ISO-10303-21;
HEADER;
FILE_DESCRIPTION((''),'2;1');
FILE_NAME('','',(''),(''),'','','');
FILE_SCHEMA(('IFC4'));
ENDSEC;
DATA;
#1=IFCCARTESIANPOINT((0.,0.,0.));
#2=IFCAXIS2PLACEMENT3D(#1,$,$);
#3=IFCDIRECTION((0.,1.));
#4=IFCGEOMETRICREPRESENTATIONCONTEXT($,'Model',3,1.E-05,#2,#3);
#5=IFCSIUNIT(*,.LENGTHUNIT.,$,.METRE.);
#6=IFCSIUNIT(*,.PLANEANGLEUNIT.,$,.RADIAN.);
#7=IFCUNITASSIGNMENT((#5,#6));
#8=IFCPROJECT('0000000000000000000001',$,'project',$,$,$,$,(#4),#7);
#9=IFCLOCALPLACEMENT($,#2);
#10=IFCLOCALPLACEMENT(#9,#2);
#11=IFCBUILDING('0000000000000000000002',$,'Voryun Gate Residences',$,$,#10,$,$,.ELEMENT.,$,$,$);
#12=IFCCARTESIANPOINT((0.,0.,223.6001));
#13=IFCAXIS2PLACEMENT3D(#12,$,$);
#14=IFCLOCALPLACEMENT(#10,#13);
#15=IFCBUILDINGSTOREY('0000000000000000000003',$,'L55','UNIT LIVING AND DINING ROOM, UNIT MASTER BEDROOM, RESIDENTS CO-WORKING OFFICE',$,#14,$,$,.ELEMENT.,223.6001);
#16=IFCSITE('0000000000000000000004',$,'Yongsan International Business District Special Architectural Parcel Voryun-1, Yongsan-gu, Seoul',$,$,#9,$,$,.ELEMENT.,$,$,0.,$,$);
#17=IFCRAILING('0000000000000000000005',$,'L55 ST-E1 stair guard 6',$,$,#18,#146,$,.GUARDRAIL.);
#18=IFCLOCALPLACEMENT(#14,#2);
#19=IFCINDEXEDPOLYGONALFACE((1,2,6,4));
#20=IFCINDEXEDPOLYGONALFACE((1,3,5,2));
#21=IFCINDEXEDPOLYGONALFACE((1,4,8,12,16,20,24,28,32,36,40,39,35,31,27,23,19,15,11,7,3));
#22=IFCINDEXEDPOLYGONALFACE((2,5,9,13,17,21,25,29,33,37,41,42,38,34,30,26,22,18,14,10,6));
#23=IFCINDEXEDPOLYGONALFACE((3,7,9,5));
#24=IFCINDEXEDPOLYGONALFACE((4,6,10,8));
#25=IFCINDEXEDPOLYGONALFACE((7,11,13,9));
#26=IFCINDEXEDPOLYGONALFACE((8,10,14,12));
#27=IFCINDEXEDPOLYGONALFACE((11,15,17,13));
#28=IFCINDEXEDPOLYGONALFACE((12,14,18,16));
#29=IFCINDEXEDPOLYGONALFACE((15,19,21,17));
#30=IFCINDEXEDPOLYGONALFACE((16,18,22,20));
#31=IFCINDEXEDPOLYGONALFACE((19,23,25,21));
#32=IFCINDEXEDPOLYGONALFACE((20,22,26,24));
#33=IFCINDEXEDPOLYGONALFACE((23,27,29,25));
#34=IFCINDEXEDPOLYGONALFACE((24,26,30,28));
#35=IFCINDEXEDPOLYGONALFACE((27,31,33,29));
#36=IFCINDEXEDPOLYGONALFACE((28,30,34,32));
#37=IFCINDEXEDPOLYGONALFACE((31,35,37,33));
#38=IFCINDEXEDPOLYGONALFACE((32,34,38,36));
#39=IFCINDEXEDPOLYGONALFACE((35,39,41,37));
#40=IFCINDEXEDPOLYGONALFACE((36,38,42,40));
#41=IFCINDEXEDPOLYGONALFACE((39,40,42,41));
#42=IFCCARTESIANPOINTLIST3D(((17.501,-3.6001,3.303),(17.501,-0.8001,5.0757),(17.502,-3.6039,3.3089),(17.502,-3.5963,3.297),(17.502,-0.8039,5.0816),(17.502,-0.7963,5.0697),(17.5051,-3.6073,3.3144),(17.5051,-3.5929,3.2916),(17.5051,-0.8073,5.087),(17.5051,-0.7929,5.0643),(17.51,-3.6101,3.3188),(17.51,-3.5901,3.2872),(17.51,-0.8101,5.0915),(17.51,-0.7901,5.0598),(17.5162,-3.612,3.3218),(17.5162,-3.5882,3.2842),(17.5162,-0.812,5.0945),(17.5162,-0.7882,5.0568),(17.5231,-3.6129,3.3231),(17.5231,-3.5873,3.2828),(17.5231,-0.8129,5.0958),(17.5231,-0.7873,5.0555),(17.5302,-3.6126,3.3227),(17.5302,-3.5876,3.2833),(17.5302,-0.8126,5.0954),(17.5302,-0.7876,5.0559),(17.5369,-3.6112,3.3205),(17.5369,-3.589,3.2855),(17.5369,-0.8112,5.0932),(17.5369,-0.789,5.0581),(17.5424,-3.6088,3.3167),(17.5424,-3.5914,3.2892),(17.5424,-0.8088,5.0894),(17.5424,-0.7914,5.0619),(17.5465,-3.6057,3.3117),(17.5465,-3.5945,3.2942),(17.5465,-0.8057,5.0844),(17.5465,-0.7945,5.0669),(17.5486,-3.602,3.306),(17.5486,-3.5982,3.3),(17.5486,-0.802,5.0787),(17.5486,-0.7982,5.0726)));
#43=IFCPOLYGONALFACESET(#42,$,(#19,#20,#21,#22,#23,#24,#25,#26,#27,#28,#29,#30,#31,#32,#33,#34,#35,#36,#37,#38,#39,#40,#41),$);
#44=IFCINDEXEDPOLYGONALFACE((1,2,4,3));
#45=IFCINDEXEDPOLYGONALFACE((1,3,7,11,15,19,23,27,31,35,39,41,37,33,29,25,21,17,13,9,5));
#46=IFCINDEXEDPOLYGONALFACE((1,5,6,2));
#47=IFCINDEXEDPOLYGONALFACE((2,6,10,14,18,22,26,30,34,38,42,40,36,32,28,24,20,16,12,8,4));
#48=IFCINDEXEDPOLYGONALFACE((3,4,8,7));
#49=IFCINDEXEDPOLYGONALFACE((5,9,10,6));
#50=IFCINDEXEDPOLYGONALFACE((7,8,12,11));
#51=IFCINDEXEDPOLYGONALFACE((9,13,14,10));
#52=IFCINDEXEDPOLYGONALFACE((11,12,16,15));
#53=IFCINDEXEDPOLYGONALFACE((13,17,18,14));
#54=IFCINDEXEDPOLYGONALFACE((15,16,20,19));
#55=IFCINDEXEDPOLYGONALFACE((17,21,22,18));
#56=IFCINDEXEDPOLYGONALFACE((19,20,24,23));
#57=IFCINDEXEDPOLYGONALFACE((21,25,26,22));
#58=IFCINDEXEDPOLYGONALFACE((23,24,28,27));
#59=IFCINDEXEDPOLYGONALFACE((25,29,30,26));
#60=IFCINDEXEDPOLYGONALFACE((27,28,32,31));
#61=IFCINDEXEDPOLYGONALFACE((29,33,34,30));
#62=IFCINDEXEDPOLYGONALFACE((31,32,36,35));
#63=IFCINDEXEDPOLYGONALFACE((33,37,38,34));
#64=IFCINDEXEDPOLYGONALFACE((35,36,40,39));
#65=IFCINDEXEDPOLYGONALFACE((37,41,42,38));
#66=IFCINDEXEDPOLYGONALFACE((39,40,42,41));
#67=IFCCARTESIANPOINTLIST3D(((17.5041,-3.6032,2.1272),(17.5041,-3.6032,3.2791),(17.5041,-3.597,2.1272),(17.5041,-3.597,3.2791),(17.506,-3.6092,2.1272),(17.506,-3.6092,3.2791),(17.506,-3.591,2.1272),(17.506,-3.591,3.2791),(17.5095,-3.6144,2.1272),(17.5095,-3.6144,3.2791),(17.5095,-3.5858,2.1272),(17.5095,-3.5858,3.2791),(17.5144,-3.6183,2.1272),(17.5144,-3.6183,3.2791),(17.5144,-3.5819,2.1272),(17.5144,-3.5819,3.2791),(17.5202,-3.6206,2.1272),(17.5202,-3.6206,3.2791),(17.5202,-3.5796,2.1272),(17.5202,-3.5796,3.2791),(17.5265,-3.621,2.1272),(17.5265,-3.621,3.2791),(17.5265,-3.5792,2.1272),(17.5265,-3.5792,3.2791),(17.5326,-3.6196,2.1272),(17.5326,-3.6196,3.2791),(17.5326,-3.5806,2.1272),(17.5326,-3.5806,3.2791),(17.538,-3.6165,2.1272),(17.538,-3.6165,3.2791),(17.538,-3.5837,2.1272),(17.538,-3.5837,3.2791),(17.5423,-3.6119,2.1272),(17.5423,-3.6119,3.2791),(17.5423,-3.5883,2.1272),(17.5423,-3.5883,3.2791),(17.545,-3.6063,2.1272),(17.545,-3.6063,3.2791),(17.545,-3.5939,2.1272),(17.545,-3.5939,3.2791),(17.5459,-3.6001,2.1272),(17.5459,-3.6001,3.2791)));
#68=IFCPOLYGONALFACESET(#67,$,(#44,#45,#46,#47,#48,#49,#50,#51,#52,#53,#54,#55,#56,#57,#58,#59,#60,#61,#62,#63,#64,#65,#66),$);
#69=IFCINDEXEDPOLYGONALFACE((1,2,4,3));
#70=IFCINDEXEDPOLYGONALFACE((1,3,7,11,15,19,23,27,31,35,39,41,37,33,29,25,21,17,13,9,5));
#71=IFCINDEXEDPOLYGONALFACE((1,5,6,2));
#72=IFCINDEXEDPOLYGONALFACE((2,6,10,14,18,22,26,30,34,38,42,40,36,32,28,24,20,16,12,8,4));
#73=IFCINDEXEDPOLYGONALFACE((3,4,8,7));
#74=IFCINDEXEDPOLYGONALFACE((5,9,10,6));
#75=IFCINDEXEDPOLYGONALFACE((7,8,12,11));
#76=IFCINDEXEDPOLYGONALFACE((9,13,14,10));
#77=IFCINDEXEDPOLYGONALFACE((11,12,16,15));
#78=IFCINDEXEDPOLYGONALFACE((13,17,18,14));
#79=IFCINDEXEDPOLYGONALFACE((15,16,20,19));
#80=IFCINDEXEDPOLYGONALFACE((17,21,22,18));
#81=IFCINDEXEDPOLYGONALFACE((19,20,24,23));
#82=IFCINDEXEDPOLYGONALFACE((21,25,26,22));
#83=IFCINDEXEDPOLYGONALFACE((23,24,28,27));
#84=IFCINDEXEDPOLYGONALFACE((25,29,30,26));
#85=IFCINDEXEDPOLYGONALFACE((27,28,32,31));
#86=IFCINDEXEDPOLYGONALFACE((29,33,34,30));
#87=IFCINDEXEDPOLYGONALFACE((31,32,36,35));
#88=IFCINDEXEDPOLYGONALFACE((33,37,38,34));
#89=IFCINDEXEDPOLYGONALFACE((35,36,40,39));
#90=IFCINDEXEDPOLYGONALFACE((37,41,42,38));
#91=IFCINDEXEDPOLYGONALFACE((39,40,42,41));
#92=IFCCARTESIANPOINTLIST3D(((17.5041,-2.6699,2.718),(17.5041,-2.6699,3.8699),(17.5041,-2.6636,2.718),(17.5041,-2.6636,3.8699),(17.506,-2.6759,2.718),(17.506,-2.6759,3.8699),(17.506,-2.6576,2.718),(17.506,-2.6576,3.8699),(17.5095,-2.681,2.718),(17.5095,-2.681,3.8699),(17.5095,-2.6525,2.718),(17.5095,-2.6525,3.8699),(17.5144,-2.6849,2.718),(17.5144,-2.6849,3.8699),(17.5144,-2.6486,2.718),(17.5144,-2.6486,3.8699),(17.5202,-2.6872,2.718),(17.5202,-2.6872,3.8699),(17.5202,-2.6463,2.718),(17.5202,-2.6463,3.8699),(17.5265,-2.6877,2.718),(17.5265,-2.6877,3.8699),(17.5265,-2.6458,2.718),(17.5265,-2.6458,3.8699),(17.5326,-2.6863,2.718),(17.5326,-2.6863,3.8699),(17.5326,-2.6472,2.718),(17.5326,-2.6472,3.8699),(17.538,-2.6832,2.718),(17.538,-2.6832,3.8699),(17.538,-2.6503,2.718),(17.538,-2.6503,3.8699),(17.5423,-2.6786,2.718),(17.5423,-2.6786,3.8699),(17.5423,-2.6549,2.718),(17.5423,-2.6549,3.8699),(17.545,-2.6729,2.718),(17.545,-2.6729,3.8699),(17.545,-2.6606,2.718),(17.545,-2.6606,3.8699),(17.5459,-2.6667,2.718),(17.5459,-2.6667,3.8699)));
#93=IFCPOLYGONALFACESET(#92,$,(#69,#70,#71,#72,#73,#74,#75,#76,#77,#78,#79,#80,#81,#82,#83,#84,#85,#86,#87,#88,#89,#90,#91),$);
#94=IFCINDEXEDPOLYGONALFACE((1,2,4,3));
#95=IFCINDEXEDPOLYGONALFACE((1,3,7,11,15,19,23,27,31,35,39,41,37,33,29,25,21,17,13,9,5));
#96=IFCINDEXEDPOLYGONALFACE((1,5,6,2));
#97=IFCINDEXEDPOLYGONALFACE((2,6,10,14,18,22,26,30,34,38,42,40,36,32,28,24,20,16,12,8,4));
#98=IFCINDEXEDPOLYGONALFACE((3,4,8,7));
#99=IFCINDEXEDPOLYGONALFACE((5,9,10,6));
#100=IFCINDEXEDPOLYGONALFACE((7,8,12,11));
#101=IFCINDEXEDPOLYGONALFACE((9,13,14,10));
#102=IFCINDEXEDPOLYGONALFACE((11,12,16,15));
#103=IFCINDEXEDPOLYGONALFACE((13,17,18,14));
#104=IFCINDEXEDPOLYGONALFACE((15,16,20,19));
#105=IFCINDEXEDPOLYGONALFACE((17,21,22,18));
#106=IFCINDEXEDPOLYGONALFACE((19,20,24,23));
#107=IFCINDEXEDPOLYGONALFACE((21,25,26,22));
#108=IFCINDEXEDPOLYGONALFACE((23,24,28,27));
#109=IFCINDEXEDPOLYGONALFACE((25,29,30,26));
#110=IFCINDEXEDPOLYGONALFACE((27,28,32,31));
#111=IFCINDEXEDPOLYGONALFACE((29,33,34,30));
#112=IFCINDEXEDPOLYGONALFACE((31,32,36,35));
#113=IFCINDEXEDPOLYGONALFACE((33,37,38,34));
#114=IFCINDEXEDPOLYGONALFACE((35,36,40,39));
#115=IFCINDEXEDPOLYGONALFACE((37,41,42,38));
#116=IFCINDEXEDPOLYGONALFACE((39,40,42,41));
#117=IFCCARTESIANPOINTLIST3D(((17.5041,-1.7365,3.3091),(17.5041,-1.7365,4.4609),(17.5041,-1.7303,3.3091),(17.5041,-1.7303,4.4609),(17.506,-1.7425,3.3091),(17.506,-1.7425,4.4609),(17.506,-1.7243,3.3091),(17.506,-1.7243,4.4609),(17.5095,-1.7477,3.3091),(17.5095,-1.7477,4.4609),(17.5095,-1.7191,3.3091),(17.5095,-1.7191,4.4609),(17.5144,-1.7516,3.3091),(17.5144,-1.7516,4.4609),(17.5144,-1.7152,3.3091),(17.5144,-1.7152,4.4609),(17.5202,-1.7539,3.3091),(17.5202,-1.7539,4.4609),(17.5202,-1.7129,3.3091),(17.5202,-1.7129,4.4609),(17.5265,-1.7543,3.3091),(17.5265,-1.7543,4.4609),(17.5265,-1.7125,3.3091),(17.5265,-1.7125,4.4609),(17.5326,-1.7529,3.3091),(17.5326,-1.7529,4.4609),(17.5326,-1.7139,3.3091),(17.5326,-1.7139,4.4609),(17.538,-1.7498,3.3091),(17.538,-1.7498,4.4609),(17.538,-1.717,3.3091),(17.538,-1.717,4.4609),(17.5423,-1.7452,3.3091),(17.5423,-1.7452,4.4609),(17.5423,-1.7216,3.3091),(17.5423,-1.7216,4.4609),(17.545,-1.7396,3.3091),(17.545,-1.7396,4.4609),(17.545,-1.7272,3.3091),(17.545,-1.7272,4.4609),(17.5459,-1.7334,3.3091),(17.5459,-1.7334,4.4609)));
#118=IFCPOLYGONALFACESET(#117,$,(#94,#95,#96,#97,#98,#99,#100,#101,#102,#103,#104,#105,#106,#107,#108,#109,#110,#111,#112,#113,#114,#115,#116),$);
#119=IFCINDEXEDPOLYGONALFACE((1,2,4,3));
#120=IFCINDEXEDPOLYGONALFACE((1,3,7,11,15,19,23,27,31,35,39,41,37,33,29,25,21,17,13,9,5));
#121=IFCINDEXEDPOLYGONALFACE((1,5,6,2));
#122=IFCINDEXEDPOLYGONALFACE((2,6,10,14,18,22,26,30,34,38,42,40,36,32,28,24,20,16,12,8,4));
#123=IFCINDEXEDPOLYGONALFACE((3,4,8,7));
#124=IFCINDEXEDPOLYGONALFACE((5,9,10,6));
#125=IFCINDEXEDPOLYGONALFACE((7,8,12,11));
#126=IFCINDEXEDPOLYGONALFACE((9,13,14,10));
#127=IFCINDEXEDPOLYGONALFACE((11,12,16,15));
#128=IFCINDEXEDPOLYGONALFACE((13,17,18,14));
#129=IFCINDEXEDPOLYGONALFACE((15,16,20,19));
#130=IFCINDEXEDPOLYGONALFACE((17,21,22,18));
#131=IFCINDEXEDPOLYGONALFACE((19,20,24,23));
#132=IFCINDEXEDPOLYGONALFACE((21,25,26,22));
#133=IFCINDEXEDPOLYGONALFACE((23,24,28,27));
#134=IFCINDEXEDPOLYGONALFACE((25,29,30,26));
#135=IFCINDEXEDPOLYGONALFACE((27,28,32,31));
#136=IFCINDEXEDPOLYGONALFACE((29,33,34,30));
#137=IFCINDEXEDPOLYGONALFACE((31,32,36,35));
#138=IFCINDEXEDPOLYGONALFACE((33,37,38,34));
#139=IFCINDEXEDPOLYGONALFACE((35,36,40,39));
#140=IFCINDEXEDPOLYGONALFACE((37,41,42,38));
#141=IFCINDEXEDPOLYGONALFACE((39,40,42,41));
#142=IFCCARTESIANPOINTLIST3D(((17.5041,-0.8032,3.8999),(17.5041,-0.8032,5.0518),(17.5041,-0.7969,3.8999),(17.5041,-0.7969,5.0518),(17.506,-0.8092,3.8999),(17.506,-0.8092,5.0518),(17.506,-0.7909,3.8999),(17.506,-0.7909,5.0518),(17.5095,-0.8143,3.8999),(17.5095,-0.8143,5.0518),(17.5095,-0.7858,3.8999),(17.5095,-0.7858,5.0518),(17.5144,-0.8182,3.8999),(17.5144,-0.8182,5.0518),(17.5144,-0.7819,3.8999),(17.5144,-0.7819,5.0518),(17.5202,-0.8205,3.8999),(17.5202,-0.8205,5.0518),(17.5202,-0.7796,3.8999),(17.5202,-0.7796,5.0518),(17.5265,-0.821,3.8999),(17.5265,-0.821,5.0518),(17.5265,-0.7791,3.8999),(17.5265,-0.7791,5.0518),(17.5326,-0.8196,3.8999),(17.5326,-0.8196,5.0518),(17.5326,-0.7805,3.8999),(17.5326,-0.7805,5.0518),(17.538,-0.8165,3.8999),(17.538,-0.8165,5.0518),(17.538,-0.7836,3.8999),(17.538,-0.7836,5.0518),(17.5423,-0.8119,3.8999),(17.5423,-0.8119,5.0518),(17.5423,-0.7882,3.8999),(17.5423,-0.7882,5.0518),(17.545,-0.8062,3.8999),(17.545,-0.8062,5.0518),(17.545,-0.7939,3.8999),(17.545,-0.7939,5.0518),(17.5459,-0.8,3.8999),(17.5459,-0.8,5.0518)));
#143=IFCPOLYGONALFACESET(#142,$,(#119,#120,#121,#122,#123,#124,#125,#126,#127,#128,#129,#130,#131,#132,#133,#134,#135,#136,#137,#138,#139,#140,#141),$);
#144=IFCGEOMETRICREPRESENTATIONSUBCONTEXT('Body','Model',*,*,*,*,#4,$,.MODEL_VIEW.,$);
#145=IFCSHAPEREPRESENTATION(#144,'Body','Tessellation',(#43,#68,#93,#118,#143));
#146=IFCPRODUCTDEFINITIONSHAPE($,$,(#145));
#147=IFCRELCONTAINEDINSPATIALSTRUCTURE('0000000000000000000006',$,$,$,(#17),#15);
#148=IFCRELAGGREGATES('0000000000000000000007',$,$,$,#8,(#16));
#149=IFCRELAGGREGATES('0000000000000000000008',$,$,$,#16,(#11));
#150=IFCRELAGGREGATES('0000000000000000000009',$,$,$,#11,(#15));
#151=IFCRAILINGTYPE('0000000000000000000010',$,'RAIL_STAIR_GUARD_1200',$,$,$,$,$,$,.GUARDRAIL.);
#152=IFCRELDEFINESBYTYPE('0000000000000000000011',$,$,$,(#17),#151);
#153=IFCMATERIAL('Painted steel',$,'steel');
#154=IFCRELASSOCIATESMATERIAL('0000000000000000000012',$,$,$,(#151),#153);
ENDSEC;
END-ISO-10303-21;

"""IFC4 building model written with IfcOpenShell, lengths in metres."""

from ifc_helpers import new_model, si_unit, direction, frame, origin, origin_2d, place, context, subcontext, project, spatial, circle, extrude, material, type_object, element, save


model = new_model("IFC4")

# Units and contexts
model_context = context("Model", 3, precision=1e-05, world=origin(), true_north=direction((0.0, 1.0)))
body_context = subcontext(model_context, "Body", "Model", "MODEL_VIEW")
ifc_project = project(units=[si_unit("LENGTHUNIT", "METRE"), si_unit("PLANEANGLEUNIT", "RADIAN")], contexts=[model_context])

# Site, building, storey
site_placement = place(None, origin())
site = spatial("IfcSite", under=ifc_project, at=site_placement, Name="Yongsan International Business District Special Architectural Parcel Voryun-1, Yongsan-gu, Seoul", CompositionType="ELEMENT", RefElevation=0.0)
building_placement = place(site_placement, origin())
building = spatial("IfcBuilding", under=site, at=building_placement, Name="Voryun Gate Residences", CompositionType="ELEMENT")
storey_placement = place(building_placement, frame((0.0, 0.0, 223.6001)))
storey = spatial("IfcBuildingStorey", under=building, at=storey_placement, Name="L55", Description="UNIT LIVING AND DINING ROOM, UNIT MASTER BEDROOM, RESIDENTS CO-WORKING OFFICE", CompositionType="ELEMENT", Elevation=223.6001)

# Railing
ifc_material_1 = material(Name="Painted steel", Category="steel")
railing_type_1 = type_object("IfcRailingType", Name="RAIL_STAIR_GUARD_1200", PredefinedType="GUARDRAIL", material=ifc_material_1)
railing_1_placement = place(storey_placement, frame((17.5249, -3.6001, 2.1272)))
element("IfcRailing", 1, at=railing_1_placement, inside=storey, type_object=railing_type_1, Name="L55 ST-E1 stair guard 6", PredefinedType="GUARDRAIL", context=body_context, shape_type="SweptSolid", body=[
    extrude(circle(Radius=0.0239, at=origin_2d()), frame((0.0, 0.0, 1.1758), z_axis=(0.0, 0.844909, 0.53491), x_axis=(-1.0, 0.0, 0.0)), (0.0, 0.0, 1.0), 3.314),
    extrude(circle(Radius=0.021, at=origin_2d()), origin(), (0.0, 0.0, 1.0), 1.1519),
    extrude(circle(Radius=0.021, at=origin_2d()), frame((0.0, 0.9333, 0.5908)), (0.0, 0.0, 1.0), 1.1519),
    extrude(circle(Radius=0.021, at=origin_2d()), frame((0.0, 1.8667, 1.1819)), (0.0, 0.0, 1.0), 1.1519),
    extrude(circle(Radius=0.021, at=origin_2d()), frame((0.0, 2.8, 1.7727)), (0.0, 0.0, 1.0), 1.1519),
])

save(model, "model.ifc")
